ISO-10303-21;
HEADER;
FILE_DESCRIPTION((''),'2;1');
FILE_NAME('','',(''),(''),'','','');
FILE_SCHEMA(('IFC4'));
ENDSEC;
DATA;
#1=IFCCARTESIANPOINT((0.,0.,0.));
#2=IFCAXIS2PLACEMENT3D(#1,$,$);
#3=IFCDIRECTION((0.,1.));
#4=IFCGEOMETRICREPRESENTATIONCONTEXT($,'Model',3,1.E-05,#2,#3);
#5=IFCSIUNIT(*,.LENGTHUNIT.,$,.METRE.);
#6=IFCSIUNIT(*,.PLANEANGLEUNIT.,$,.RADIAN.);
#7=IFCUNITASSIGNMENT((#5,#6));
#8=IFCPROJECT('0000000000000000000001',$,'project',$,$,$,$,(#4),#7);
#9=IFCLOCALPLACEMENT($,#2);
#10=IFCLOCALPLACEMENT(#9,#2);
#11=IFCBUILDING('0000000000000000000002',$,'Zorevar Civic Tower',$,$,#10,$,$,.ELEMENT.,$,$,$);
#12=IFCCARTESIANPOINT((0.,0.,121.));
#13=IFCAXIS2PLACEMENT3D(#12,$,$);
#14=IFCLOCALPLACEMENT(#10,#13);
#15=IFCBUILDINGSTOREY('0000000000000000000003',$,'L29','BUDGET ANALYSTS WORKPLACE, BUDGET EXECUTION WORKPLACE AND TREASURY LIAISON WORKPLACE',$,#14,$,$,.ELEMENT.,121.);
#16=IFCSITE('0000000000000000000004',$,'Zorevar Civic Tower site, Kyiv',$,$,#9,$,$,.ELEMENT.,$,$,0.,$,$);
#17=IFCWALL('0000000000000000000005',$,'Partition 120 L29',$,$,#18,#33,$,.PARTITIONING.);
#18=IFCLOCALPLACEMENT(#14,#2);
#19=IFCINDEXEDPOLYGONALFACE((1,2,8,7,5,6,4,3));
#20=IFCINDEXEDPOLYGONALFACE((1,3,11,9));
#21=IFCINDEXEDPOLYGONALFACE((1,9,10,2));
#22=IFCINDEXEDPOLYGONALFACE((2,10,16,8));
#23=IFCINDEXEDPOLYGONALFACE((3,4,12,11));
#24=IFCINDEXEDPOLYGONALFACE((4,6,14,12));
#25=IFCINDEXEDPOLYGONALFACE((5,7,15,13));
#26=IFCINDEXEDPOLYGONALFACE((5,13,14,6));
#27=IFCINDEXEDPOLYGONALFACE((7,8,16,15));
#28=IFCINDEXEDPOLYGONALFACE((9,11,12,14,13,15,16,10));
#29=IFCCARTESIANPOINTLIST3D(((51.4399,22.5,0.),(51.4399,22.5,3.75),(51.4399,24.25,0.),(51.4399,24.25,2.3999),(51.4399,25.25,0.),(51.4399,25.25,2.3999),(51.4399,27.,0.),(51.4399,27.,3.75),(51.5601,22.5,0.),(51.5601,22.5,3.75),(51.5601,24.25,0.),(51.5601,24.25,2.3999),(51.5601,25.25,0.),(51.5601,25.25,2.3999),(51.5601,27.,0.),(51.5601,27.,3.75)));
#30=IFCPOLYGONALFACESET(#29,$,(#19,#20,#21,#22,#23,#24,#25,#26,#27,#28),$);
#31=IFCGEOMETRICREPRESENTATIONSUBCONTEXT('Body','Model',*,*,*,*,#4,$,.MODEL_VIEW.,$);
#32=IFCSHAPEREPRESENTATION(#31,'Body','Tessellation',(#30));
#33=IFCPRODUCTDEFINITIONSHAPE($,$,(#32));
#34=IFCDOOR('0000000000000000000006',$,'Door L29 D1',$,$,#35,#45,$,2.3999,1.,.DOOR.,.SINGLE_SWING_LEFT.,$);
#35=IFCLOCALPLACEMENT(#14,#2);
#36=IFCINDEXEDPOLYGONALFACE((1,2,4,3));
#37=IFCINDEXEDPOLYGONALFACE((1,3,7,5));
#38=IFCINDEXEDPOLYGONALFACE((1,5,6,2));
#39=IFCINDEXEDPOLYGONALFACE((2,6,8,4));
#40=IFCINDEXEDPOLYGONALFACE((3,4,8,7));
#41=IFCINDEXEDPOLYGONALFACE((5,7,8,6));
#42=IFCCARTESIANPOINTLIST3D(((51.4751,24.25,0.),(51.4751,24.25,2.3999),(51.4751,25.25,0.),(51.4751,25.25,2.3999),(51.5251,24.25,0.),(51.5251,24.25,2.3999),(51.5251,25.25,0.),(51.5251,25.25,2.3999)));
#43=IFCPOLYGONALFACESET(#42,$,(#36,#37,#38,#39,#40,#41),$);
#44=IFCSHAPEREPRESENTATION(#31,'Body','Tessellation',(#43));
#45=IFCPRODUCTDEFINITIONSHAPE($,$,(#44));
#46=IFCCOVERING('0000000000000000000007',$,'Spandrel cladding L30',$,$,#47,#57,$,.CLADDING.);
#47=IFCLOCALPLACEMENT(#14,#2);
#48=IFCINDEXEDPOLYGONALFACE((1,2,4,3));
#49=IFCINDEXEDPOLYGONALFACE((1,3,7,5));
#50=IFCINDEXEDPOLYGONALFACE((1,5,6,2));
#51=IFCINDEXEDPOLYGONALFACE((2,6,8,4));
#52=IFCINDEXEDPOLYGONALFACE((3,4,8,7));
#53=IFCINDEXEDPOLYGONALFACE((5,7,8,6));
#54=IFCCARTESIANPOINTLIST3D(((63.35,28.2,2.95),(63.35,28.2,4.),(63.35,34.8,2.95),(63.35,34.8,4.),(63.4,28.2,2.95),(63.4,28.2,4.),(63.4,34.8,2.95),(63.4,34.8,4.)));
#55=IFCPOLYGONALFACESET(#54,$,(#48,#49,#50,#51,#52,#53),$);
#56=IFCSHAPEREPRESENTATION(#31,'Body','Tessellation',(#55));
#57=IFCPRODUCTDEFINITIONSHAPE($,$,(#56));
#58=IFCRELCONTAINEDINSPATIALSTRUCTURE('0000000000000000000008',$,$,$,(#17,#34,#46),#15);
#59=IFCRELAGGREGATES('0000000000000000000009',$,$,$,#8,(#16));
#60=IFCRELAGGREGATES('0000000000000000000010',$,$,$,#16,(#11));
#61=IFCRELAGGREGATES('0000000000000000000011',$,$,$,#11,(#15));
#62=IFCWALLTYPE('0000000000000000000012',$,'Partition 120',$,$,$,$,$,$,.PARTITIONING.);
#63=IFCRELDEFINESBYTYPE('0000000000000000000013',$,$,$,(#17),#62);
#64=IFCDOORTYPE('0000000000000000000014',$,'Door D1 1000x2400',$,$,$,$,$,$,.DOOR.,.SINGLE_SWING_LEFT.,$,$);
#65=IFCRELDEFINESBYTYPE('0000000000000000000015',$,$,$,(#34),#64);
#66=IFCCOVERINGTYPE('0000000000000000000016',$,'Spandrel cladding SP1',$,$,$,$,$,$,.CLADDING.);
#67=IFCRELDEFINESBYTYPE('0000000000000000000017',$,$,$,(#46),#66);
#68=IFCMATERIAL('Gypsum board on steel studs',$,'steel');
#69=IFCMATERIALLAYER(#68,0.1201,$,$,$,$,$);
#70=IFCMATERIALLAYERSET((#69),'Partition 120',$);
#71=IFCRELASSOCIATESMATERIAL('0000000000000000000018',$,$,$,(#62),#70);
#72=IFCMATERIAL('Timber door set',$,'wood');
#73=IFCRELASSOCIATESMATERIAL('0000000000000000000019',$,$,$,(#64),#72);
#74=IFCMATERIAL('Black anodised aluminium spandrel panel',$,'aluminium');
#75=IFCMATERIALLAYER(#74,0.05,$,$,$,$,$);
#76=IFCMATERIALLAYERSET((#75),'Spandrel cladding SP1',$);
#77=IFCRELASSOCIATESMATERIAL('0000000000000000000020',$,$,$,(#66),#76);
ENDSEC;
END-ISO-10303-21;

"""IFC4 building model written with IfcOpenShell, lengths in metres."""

from ifc_helpers import new_model, si_unit, direction, frame, frame_2d, origin, place, context, subcontext, project, spatial, rectangle, extrude, material, layer, layer_set, type_object, element, fill, save


model = new_model("IFC4")

# Units and contexts
model_context = context("Model", 3, precision=1e-05, world=origin(), true_north=direction((0.0, 1.0)))
body_context = subcontext(model_context, "Body", "Model", "MODEL_VIEW")
ifc_project = project(units=[si_unit("LENGTHUNIT", "METRE"), si_unit("PLANEANGLEUNIT", "RADIAN")], contexts=[model_context])

# Site, building, storey
site_placement = place(None, origin())
site = spatial("IfcSite", under=ifc_project, at=site_placement, Name="Zorevar Civic Tower site, Kyiv", CompositionType="ELEMENT", RefElevation=0.0)
building_placement = place(site_placement, origin())
building = spatial("IfcBuilding", under=site, at=building_placement, Name="Zorevar Civic Tower", CompositionType="ELEMENT")
storey_placement = place(building_placement, frame((0.0, 0.0, 121.0)))
storey = spatial("IfcBuildingStorey", under=building, at=storey_placement, Name="L29", Description="BUDGET ANALYSTS WORKPLACE, BUDGET EXECUTION WORKPLACE AND TREASURY LIAISON WORKPLACE", CompositionType="ELEMENT", Elevation=121.0)

# Shared definitions
ifc_material_1 = material(Name="Gypsum board on steel studs", Category="steel")
ifc_layer_1 = layer(ifc_material_1, 0.1201)
ifc_layer_set_1 = layer_set([ifc_layer_1], Name="Partition 120")
wall_type_1 = type_object("IfcWallType", Name="Partition 120", PredefinedType="PARTITIONING", material=ifc_layer_set_1)

# Wall, opening, door
wall_1_placement = place(storey_placement, frame((51.5, 22.5, 0.0), z_axis=(0.0, 0.0, 1.0), x_axis=(0.0, 1.0, 0.0)))
wall_1 = element("IfcWall", 1, at=wall_1_placement, inside=storey, type_object=wall_type_1, Name="Partition 120 L29", PredefinedType="PARTITIONING", context=body_context, shape_type="SweptSolid", body=[
    extrude(rectangle(XDim=4.5, YDim=0.1201, at=frame_2d((2.25, 0.0))), origin(), (0.0, 0.0, 1.0), 3.75),
])
opening_1_placement = place(wall_1_placement, frame((1.75, 0.0, 0.0)))
opening_1 = element("IfcOpeningElement", 2, at=opening_1_placement, cuts=wall_1, PredefinedType="OPENING", context=body_context, shape_type="SweptSolid", body=[
    extrude(rectangle(XDim=1.0, YDim=2.3999, at=frame_2d((0.5, 1.2))), frame((0.0, 0.0701, 0.0), z_axis=(0.0, -1.0, 0.0), x_axis=(1.0, 0.0, 0.0)), (0.0, 0.0, 1.0), 0.1401),
])
ifc_material_2 = material(Name="Timber door set", Category="wood")
door_type_1 = type_object("IfcDoorType", Name="Door D1 1000x2400", OperationType="SINGLE_SWING_LEFT", PredefinedType="DOOR", material=ifc_material_2)
door_1_placement = place(opening_1_placement, origin())
door_1 = element("IfcDoor", 3, at=door_1_placement, inside=storey, type_object=door_type_1, Name="Door L29 D1", OperationType="SINGLE_SWING_LEFT", OverallHeight=2.3999, OverallWidth=1.0, PredefinedType="DOOR", context=body_context, shape_type="SweptSolid", body=[
    extrude(rectangle(XDim=1.0, YDim=2.3999, at=frame_2d((0.5, 1.2))), frame((0.0, 0.0249, 0.0), z_axis=(0.0, -1.0, 0.0), x_axis=(1.0, 0.0, 0.0)), (0.0, 0.0, 1.0), 0.05),
])
fill(opening_1, door_1)

# Covering
ifc_material_3 = material(Name="Black anodised aluminium spandrel panel", Category="aluminium")
ifc_layer_2 = layer(ifc_material_3, 0.05)
ifc_layer_set_2 = layer_set([ifc_layer_2], Name="Spandrel cladding SP1")
covering_type = type_object("IfcCoveringType", Name="Spandrel cladding SP1", PredefinedType="CLADDING", material=ifc_layer_set_2)
covering_placement = place(storey_placement, frame((63.375, 28.2, 2.95), z_axis=(0.0, 0.0, 1.0), x_axis=(0.0, 1.0, 0.0)))
element("IfcCovering", 4, at=covering_placement, inside=storey, type_object=covering_type, Name="Spandrel cladding L30", PredefinedType="CLADDING", context=body_context, shape_type="SweptSolid", body=[
    extrude(rectangle(XDim=6.6001, YDim=0.05, at=frame_2d((3.3, 0.0))), origin(), (0.0, 0.0, 1.0), 1.05),
])

save(model, "model.ifc")
